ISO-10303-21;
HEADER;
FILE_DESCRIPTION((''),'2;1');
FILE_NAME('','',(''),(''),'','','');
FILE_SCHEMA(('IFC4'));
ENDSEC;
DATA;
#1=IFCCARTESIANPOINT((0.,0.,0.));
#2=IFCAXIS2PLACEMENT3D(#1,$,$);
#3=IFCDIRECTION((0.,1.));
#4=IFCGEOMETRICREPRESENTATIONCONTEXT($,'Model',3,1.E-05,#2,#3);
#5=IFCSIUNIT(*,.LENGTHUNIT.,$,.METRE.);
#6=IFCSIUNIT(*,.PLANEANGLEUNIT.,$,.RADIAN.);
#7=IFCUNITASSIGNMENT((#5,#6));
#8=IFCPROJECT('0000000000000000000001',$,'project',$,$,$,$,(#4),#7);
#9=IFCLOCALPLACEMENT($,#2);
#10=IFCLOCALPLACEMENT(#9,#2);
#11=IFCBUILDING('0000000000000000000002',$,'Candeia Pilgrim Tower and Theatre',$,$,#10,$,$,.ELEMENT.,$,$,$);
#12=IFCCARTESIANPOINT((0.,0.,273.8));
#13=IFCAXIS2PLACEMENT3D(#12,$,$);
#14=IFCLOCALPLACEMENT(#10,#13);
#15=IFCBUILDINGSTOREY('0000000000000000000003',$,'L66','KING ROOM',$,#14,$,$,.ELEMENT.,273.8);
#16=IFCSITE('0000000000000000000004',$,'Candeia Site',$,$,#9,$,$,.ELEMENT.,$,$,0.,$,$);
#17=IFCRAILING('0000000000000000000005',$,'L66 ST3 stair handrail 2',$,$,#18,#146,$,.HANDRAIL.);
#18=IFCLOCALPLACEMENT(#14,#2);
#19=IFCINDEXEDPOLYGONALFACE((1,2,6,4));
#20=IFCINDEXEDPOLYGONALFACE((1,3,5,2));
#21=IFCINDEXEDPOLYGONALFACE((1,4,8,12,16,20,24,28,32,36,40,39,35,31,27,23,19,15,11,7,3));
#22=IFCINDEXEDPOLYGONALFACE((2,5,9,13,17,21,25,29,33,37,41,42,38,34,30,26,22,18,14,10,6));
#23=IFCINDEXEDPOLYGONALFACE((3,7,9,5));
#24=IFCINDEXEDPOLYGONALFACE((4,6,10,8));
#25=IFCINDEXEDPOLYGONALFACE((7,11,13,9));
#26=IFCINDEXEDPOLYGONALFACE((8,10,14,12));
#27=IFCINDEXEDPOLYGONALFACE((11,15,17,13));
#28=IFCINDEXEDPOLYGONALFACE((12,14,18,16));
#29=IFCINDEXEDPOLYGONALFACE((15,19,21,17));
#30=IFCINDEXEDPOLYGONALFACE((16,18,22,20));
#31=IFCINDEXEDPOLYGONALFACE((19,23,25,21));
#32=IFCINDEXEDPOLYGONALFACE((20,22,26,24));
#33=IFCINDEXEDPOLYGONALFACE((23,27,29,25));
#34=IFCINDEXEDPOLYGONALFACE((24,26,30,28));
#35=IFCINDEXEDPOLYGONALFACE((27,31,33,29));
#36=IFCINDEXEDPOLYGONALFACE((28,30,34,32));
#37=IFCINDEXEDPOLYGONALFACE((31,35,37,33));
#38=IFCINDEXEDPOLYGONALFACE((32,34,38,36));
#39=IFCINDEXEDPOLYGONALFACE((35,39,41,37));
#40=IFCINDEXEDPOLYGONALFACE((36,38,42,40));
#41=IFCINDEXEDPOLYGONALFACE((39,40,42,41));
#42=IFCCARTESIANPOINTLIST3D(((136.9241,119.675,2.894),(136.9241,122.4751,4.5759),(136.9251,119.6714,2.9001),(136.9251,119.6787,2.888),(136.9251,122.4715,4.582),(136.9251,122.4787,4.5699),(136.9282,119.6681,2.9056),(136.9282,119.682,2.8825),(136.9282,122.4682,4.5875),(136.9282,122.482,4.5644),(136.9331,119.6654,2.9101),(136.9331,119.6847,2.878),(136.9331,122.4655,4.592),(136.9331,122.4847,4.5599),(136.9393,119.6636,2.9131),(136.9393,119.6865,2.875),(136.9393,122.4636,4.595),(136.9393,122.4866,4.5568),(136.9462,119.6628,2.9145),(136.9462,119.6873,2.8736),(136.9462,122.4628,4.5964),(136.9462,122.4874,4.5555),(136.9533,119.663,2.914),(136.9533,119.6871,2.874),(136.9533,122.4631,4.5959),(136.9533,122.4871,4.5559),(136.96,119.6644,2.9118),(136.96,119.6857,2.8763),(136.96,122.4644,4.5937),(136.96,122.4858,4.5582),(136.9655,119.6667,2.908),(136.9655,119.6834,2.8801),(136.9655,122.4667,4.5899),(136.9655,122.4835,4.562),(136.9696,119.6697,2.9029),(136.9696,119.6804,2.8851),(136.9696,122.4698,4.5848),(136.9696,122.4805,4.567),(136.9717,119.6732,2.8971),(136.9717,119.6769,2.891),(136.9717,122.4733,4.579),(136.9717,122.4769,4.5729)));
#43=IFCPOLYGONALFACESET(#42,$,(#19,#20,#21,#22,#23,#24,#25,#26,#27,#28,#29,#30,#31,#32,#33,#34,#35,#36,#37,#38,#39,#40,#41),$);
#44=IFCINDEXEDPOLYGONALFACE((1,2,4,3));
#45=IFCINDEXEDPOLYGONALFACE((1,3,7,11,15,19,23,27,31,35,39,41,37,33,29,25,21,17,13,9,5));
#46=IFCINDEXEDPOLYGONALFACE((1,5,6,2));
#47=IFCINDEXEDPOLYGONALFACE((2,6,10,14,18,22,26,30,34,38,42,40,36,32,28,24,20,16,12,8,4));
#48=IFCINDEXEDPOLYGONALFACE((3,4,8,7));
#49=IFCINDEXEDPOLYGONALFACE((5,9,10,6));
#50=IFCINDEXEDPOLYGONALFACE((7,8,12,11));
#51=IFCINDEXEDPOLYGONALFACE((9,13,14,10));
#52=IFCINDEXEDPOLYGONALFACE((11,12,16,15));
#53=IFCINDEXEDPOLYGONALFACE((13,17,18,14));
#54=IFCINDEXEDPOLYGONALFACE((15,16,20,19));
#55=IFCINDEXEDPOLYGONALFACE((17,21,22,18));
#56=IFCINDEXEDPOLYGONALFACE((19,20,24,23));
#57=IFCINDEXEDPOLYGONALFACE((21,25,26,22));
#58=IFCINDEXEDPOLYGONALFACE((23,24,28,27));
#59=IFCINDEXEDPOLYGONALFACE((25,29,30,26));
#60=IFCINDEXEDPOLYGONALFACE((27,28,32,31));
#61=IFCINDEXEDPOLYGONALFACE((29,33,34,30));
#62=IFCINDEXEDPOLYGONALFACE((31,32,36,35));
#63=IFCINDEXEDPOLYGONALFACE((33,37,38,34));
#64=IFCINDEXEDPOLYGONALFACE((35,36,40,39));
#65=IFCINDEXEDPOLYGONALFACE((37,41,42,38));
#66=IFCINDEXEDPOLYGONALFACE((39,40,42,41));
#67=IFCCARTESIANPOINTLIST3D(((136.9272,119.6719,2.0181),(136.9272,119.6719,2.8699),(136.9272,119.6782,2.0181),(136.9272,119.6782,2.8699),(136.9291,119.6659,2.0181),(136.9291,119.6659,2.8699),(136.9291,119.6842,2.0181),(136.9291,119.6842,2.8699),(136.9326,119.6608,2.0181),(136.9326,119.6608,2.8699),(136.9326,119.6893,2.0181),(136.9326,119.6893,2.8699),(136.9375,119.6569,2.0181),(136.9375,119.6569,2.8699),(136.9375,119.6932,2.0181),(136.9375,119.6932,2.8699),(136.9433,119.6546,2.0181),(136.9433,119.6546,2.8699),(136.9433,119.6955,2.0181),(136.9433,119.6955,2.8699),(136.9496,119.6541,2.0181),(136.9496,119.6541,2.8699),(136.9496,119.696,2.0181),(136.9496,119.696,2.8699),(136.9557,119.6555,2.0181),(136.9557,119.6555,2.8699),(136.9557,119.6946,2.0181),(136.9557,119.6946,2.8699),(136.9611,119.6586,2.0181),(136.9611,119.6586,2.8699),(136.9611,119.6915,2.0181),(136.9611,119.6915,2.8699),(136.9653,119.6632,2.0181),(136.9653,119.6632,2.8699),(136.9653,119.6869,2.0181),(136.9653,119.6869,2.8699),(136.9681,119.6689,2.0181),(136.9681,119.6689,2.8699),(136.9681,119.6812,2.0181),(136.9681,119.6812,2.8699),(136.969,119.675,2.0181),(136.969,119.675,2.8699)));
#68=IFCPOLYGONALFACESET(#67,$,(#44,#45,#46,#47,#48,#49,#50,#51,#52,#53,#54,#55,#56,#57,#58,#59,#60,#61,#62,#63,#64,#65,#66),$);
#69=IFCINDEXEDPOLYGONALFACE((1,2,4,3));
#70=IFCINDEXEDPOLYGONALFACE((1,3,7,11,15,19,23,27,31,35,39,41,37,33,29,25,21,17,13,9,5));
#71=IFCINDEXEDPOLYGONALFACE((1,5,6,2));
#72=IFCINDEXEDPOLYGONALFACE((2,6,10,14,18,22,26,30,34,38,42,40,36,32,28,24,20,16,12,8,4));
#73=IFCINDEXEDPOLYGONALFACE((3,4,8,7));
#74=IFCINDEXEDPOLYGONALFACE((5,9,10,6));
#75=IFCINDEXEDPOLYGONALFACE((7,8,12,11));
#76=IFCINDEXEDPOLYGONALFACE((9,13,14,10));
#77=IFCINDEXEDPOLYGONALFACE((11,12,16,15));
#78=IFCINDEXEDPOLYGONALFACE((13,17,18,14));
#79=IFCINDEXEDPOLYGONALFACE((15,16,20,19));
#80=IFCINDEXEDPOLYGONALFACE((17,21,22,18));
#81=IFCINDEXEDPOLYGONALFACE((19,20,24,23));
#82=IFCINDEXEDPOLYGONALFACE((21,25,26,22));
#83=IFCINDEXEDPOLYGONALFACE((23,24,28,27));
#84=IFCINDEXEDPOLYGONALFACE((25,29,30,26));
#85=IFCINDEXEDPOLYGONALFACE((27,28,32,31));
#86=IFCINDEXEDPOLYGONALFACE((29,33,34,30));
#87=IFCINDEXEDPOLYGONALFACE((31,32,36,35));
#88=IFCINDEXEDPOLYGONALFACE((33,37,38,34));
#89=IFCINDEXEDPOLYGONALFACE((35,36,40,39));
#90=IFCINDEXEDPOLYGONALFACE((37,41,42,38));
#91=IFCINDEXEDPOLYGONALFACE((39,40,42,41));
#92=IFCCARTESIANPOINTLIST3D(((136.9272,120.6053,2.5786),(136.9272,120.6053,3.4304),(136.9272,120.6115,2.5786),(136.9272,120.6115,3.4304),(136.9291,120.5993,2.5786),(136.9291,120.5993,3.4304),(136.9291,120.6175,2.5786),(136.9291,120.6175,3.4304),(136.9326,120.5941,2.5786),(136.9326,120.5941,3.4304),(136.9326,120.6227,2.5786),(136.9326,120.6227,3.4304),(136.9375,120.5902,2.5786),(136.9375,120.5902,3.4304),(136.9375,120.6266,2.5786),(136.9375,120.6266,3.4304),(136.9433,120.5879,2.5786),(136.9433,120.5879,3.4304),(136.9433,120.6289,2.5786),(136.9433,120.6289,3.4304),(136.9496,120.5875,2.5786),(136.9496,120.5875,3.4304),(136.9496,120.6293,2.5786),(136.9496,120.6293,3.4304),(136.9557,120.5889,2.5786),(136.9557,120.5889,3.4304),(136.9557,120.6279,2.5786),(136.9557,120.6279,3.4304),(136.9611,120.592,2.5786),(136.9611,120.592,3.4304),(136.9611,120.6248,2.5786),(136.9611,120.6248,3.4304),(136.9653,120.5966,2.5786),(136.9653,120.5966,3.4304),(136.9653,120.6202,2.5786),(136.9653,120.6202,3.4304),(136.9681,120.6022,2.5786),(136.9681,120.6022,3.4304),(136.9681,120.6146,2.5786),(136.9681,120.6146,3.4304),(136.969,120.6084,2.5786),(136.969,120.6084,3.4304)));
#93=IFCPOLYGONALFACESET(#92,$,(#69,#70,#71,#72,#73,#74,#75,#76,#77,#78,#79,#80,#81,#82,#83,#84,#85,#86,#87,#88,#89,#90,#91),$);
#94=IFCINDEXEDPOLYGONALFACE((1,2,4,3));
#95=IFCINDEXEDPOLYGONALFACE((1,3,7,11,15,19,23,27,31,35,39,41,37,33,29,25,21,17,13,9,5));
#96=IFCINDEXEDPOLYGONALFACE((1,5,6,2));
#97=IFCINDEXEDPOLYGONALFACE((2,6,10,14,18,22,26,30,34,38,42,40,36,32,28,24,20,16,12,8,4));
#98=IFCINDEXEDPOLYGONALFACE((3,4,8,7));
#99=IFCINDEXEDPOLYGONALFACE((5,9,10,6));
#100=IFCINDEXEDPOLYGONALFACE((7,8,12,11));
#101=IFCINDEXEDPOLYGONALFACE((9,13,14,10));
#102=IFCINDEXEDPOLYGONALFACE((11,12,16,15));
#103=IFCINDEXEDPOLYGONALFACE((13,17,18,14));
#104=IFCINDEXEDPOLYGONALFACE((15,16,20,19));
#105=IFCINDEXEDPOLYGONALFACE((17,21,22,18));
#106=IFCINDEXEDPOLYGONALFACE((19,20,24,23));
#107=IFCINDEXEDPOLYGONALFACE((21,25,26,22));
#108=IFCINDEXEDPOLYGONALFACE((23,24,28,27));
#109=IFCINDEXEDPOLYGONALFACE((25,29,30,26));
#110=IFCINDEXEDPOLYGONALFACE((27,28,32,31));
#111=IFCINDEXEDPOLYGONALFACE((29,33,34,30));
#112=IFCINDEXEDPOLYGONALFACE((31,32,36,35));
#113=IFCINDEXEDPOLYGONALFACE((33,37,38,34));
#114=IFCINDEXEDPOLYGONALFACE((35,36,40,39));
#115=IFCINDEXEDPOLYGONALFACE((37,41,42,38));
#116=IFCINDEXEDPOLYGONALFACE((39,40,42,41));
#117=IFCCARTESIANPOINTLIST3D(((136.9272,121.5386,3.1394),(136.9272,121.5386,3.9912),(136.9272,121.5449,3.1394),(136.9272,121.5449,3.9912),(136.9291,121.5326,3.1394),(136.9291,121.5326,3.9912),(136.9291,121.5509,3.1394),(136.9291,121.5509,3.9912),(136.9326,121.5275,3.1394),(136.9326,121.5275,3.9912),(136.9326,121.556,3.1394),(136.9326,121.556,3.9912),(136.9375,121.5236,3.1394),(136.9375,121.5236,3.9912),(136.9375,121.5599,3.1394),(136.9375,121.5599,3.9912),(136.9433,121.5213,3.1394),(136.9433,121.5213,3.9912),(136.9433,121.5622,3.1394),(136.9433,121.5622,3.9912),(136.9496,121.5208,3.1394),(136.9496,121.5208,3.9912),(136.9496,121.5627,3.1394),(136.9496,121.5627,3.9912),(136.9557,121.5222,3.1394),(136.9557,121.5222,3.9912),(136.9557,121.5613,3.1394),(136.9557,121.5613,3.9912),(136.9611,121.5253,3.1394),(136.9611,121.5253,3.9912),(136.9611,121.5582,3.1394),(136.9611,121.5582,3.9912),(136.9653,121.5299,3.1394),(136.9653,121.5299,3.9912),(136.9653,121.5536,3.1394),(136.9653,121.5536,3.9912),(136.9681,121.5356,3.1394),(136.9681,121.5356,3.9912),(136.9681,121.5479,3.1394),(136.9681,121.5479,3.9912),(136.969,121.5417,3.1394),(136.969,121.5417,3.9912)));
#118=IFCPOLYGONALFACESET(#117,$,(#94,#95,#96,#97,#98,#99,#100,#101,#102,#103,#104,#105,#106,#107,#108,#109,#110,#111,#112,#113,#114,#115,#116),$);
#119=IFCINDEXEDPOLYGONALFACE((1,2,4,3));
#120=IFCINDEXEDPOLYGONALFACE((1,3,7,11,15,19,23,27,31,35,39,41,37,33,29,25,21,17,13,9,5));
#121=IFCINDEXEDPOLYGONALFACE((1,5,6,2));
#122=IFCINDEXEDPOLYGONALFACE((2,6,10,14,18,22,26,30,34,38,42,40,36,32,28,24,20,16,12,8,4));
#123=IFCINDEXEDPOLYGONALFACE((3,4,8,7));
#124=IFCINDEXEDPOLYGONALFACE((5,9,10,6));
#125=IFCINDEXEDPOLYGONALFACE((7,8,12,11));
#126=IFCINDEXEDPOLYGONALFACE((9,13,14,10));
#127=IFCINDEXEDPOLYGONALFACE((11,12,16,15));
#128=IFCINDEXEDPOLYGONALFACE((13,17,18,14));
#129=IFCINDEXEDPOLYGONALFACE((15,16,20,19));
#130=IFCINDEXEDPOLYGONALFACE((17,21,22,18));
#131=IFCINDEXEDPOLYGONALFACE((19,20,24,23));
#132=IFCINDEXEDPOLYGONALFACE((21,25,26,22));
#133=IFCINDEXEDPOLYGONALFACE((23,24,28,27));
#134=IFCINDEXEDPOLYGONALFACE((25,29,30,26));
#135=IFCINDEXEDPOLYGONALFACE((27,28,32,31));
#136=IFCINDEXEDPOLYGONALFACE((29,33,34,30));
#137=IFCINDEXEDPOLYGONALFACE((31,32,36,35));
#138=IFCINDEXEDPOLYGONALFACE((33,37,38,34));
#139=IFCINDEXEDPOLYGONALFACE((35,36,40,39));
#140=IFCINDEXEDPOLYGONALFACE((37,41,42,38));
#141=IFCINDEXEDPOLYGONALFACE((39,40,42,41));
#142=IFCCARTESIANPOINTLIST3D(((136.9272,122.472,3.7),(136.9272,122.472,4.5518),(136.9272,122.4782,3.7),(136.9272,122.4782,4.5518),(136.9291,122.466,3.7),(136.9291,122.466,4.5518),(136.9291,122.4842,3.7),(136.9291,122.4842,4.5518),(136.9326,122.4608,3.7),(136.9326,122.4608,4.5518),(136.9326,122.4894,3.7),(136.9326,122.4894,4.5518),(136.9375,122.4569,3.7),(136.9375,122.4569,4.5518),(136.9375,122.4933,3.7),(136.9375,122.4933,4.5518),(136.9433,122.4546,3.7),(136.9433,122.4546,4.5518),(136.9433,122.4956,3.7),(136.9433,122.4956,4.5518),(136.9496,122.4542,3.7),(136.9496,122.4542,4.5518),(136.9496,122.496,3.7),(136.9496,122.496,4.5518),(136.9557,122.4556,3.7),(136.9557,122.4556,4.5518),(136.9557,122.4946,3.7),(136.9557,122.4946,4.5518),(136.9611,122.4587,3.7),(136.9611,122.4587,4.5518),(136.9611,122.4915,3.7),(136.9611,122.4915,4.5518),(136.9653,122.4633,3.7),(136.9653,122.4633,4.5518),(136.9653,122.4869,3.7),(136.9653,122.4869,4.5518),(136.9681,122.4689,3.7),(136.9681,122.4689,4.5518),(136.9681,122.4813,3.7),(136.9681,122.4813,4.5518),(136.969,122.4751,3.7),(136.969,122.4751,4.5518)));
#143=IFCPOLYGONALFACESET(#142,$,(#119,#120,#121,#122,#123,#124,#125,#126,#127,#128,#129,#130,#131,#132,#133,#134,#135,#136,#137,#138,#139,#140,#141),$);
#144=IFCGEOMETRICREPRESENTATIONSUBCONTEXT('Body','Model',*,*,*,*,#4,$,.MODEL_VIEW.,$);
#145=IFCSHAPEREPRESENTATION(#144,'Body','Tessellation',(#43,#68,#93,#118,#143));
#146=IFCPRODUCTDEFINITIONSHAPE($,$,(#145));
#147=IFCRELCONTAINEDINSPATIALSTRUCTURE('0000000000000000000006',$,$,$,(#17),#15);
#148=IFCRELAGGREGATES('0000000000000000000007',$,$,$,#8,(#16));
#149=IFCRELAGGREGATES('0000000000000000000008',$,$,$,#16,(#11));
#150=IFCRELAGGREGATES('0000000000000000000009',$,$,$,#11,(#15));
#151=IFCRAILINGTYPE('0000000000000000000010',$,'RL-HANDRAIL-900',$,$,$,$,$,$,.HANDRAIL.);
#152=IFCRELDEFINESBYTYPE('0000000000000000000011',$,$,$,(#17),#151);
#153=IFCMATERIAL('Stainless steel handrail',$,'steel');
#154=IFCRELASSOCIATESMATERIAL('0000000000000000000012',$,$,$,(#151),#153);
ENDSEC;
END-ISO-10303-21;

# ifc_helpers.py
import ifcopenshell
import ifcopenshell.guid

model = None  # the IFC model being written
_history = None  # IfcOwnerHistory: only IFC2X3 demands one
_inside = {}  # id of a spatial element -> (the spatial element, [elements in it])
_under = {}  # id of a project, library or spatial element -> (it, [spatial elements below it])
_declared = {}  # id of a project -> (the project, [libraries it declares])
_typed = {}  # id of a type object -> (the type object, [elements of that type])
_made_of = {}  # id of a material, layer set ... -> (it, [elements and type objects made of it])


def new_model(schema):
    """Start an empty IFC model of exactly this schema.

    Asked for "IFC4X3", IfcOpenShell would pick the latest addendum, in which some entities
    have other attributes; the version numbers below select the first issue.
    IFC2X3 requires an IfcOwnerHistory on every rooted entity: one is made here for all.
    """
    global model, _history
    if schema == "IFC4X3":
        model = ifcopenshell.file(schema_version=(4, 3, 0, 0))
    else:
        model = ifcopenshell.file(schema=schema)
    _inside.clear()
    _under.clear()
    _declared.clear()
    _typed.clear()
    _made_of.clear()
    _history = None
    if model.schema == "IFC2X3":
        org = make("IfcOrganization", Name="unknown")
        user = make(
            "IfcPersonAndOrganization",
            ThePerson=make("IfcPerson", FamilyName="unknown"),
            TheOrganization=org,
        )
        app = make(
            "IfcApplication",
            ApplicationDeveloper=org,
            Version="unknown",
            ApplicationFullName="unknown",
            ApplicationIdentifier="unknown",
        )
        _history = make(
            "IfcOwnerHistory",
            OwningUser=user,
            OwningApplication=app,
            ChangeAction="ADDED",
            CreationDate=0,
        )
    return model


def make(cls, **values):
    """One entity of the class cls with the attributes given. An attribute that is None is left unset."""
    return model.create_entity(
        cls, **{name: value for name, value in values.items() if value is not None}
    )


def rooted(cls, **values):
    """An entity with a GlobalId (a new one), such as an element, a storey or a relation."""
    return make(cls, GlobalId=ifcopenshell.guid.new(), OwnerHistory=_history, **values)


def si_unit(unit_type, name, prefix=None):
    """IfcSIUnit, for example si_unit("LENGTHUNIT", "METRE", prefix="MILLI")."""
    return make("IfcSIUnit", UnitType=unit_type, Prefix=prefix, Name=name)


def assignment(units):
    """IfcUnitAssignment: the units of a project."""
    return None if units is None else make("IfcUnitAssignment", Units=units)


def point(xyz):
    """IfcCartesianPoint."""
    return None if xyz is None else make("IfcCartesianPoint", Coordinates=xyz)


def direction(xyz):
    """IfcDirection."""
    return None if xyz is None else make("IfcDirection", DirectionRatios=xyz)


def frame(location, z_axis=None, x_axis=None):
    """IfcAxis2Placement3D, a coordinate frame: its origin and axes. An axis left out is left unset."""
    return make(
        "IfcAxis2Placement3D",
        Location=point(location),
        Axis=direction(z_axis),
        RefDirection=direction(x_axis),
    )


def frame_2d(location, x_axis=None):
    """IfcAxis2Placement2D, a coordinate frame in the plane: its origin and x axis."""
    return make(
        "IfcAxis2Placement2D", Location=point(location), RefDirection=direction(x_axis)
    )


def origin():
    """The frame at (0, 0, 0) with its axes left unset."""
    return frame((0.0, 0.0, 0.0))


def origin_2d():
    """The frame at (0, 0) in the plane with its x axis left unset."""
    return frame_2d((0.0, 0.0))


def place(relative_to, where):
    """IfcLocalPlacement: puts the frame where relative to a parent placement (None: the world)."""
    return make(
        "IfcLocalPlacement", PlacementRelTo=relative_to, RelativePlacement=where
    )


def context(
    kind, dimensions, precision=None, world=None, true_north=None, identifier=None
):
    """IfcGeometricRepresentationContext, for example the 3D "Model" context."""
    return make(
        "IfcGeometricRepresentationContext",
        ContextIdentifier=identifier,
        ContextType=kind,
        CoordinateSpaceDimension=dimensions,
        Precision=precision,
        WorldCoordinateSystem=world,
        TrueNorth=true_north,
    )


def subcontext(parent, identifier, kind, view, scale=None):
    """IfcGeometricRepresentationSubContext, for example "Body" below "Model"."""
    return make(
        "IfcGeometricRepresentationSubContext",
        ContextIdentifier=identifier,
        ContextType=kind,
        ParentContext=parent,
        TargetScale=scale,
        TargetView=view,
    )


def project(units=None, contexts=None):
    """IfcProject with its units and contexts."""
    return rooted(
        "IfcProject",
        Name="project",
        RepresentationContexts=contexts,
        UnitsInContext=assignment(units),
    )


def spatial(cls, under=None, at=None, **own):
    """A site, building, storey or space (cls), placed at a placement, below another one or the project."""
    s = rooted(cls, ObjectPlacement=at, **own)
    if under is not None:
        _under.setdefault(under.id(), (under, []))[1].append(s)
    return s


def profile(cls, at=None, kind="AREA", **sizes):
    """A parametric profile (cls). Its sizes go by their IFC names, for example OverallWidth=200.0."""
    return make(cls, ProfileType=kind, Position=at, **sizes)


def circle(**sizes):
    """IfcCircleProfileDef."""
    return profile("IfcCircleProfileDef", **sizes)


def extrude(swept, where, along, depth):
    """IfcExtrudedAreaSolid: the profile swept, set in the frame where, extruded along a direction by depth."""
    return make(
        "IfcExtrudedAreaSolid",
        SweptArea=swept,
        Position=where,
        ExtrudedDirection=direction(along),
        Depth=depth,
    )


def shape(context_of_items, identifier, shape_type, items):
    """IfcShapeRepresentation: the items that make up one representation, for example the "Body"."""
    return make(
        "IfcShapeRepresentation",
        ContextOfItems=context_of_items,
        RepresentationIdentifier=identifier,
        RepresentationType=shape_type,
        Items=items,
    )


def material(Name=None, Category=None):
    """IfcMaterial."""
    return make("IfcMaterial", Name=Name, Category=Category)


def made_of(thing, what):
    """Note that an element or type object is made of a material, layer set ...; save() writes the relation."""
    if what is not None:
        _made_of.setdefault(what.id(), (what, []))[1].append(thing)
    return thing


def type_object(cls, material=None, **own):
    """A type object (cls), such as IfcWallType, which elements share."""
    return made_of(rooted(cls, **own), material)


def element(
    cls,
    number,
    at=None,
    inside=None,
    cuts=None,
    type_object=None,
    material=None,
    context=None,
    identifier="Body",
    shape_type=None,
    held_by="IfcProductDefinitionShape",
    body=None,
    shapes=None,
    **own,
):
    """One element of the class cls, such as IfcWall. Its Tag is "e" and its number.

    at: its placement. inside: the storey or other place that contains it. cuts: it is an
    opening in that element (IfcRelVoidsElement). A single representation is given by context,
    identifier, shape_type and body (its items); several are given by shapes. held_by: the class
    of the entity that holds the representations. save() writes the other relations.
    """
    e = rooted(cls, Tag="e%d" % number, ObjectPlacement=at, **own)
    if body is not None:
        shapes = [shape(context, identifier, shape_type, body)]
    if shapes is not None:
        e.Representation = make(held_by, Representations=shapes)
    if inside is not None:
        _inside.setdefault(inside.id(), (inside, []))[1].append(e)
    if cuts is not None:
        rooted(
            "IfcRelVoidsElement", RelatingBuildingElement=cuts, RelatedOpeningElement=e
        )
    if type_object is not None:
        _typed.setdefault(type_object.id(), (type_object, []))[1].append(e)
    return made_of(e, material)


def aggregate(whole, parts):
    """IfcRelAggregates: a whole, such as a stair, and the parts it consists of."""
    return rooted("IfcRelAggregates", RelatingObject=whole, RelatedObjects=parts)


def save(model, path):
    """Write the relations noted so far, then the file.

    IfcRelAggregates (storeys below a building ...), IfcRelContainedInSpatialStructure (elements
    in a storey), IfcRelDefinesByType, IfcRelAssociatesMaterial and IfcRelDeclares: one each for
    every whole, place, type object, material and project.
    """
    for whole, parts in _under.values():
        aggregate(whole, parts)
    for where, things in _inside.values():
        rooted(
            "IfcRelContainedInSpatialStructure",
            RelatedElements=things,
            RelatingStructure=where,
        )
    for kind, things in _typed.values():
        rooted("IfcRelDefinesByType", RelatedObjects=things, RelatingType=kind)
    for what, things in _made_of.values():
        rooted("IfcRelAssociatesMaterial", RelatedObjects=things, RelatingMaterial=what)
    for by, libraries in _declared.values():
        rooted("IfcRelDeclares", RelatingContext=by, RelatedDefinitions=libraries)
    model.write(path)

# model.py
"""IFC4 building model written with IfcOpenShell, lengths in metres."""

from ifc_helpers import new_model, si_unit, direction, frame, origin, origin_2d, place, context, subcontext, project, spatial, circle, extrude, material, type_object, element, save


model = new_model("IFC4")

# Units and contexts
model_context = context("Model", 3, precision=1e-05, world=origin(), true_north=direction((0.0, 1.0)))
body_context = subcontext(model_context, "Body", "Model", "MODEL_VIEW")
ifc_project = project(units=[si_unit("LENGTHUNIT", "METRE"), si_unit("PLANEANGLEUNIT", "RADIAN")], contexts=[model_context])

# Site, building, storey
site_placement = place(None, origin())
site = spatial("IfcSite", under=ifc_project, at=site_placement, Name="Candeia Site", CompositionType="ELEMENT", RefElevation=0.0)
building_placement = place(site_placement, origin())
building = spatial("IfcBuilding", under=site, at=building_placement, Name="Candeia Pilgrim Tower and Theatre", CompositionType="ELEMENT")
storey_placement = place(building_placement, frame((0.0, 0.0, 273.8)))
storey = spatial("IfcBuildingStorey", under=building, at=storey_placement, Name="L66", Description="KING ROOM", CompositionType="ELEMENT", Elevation=273.8)

# Railing
ifc_material_1 = material(Name="Stainless steel handrail", Category="steel")
railing_type_1 = type_object("IfcRailingType", Name="RL-HANDRAIL-900", PredefinedType="HANDRAIL", material=ifc_material_1)
railing_1_placement = place(storey_placement, frame((136.948, 119.675, 2.0181)))
element("IfcRailing", 1, at=railing_1_placement, inside=storey, type_object=railing_type_1, Name="L66 ST3 stair handrail 2", PredefinedType="HANDRAIL", context=body_context, shape_type="SweptSolid", body=[
    extrude(circle(Radius=0.0239, at=origin_2d()), frame((0.0, 0.0, 0.876), z_axis=(0.0, 0.857242, 0.514913), x_axis=(-1.0, 0.0, 0.0)), (0.0, 0.0, 1.0), 3.2664),
    extrude(circle(Radius=0.021, at=origin_2d()), origin(), (0.0, 0.0, 1.0), 0.8518),
    extrude(circle(Radius=0.021, at=origin_2d()), frame((0.0, 0.9333, 0.5605)), (0.0, 0.0, 1.0), 0.8518),
    extrude(circle(Radius=0.021, at=origin_2d()), frame((0.0, 1.8667, 1.1213)), (0.0, 0.0, 1.0), 0.8518),
    extrude(circle(Radius=0.021, at=origin_2d()), frame((0.0, 2.8, 1.6819)), (0.0, 0.0, 1.0), 0.8518),
])

save(model, "model.ifc")
